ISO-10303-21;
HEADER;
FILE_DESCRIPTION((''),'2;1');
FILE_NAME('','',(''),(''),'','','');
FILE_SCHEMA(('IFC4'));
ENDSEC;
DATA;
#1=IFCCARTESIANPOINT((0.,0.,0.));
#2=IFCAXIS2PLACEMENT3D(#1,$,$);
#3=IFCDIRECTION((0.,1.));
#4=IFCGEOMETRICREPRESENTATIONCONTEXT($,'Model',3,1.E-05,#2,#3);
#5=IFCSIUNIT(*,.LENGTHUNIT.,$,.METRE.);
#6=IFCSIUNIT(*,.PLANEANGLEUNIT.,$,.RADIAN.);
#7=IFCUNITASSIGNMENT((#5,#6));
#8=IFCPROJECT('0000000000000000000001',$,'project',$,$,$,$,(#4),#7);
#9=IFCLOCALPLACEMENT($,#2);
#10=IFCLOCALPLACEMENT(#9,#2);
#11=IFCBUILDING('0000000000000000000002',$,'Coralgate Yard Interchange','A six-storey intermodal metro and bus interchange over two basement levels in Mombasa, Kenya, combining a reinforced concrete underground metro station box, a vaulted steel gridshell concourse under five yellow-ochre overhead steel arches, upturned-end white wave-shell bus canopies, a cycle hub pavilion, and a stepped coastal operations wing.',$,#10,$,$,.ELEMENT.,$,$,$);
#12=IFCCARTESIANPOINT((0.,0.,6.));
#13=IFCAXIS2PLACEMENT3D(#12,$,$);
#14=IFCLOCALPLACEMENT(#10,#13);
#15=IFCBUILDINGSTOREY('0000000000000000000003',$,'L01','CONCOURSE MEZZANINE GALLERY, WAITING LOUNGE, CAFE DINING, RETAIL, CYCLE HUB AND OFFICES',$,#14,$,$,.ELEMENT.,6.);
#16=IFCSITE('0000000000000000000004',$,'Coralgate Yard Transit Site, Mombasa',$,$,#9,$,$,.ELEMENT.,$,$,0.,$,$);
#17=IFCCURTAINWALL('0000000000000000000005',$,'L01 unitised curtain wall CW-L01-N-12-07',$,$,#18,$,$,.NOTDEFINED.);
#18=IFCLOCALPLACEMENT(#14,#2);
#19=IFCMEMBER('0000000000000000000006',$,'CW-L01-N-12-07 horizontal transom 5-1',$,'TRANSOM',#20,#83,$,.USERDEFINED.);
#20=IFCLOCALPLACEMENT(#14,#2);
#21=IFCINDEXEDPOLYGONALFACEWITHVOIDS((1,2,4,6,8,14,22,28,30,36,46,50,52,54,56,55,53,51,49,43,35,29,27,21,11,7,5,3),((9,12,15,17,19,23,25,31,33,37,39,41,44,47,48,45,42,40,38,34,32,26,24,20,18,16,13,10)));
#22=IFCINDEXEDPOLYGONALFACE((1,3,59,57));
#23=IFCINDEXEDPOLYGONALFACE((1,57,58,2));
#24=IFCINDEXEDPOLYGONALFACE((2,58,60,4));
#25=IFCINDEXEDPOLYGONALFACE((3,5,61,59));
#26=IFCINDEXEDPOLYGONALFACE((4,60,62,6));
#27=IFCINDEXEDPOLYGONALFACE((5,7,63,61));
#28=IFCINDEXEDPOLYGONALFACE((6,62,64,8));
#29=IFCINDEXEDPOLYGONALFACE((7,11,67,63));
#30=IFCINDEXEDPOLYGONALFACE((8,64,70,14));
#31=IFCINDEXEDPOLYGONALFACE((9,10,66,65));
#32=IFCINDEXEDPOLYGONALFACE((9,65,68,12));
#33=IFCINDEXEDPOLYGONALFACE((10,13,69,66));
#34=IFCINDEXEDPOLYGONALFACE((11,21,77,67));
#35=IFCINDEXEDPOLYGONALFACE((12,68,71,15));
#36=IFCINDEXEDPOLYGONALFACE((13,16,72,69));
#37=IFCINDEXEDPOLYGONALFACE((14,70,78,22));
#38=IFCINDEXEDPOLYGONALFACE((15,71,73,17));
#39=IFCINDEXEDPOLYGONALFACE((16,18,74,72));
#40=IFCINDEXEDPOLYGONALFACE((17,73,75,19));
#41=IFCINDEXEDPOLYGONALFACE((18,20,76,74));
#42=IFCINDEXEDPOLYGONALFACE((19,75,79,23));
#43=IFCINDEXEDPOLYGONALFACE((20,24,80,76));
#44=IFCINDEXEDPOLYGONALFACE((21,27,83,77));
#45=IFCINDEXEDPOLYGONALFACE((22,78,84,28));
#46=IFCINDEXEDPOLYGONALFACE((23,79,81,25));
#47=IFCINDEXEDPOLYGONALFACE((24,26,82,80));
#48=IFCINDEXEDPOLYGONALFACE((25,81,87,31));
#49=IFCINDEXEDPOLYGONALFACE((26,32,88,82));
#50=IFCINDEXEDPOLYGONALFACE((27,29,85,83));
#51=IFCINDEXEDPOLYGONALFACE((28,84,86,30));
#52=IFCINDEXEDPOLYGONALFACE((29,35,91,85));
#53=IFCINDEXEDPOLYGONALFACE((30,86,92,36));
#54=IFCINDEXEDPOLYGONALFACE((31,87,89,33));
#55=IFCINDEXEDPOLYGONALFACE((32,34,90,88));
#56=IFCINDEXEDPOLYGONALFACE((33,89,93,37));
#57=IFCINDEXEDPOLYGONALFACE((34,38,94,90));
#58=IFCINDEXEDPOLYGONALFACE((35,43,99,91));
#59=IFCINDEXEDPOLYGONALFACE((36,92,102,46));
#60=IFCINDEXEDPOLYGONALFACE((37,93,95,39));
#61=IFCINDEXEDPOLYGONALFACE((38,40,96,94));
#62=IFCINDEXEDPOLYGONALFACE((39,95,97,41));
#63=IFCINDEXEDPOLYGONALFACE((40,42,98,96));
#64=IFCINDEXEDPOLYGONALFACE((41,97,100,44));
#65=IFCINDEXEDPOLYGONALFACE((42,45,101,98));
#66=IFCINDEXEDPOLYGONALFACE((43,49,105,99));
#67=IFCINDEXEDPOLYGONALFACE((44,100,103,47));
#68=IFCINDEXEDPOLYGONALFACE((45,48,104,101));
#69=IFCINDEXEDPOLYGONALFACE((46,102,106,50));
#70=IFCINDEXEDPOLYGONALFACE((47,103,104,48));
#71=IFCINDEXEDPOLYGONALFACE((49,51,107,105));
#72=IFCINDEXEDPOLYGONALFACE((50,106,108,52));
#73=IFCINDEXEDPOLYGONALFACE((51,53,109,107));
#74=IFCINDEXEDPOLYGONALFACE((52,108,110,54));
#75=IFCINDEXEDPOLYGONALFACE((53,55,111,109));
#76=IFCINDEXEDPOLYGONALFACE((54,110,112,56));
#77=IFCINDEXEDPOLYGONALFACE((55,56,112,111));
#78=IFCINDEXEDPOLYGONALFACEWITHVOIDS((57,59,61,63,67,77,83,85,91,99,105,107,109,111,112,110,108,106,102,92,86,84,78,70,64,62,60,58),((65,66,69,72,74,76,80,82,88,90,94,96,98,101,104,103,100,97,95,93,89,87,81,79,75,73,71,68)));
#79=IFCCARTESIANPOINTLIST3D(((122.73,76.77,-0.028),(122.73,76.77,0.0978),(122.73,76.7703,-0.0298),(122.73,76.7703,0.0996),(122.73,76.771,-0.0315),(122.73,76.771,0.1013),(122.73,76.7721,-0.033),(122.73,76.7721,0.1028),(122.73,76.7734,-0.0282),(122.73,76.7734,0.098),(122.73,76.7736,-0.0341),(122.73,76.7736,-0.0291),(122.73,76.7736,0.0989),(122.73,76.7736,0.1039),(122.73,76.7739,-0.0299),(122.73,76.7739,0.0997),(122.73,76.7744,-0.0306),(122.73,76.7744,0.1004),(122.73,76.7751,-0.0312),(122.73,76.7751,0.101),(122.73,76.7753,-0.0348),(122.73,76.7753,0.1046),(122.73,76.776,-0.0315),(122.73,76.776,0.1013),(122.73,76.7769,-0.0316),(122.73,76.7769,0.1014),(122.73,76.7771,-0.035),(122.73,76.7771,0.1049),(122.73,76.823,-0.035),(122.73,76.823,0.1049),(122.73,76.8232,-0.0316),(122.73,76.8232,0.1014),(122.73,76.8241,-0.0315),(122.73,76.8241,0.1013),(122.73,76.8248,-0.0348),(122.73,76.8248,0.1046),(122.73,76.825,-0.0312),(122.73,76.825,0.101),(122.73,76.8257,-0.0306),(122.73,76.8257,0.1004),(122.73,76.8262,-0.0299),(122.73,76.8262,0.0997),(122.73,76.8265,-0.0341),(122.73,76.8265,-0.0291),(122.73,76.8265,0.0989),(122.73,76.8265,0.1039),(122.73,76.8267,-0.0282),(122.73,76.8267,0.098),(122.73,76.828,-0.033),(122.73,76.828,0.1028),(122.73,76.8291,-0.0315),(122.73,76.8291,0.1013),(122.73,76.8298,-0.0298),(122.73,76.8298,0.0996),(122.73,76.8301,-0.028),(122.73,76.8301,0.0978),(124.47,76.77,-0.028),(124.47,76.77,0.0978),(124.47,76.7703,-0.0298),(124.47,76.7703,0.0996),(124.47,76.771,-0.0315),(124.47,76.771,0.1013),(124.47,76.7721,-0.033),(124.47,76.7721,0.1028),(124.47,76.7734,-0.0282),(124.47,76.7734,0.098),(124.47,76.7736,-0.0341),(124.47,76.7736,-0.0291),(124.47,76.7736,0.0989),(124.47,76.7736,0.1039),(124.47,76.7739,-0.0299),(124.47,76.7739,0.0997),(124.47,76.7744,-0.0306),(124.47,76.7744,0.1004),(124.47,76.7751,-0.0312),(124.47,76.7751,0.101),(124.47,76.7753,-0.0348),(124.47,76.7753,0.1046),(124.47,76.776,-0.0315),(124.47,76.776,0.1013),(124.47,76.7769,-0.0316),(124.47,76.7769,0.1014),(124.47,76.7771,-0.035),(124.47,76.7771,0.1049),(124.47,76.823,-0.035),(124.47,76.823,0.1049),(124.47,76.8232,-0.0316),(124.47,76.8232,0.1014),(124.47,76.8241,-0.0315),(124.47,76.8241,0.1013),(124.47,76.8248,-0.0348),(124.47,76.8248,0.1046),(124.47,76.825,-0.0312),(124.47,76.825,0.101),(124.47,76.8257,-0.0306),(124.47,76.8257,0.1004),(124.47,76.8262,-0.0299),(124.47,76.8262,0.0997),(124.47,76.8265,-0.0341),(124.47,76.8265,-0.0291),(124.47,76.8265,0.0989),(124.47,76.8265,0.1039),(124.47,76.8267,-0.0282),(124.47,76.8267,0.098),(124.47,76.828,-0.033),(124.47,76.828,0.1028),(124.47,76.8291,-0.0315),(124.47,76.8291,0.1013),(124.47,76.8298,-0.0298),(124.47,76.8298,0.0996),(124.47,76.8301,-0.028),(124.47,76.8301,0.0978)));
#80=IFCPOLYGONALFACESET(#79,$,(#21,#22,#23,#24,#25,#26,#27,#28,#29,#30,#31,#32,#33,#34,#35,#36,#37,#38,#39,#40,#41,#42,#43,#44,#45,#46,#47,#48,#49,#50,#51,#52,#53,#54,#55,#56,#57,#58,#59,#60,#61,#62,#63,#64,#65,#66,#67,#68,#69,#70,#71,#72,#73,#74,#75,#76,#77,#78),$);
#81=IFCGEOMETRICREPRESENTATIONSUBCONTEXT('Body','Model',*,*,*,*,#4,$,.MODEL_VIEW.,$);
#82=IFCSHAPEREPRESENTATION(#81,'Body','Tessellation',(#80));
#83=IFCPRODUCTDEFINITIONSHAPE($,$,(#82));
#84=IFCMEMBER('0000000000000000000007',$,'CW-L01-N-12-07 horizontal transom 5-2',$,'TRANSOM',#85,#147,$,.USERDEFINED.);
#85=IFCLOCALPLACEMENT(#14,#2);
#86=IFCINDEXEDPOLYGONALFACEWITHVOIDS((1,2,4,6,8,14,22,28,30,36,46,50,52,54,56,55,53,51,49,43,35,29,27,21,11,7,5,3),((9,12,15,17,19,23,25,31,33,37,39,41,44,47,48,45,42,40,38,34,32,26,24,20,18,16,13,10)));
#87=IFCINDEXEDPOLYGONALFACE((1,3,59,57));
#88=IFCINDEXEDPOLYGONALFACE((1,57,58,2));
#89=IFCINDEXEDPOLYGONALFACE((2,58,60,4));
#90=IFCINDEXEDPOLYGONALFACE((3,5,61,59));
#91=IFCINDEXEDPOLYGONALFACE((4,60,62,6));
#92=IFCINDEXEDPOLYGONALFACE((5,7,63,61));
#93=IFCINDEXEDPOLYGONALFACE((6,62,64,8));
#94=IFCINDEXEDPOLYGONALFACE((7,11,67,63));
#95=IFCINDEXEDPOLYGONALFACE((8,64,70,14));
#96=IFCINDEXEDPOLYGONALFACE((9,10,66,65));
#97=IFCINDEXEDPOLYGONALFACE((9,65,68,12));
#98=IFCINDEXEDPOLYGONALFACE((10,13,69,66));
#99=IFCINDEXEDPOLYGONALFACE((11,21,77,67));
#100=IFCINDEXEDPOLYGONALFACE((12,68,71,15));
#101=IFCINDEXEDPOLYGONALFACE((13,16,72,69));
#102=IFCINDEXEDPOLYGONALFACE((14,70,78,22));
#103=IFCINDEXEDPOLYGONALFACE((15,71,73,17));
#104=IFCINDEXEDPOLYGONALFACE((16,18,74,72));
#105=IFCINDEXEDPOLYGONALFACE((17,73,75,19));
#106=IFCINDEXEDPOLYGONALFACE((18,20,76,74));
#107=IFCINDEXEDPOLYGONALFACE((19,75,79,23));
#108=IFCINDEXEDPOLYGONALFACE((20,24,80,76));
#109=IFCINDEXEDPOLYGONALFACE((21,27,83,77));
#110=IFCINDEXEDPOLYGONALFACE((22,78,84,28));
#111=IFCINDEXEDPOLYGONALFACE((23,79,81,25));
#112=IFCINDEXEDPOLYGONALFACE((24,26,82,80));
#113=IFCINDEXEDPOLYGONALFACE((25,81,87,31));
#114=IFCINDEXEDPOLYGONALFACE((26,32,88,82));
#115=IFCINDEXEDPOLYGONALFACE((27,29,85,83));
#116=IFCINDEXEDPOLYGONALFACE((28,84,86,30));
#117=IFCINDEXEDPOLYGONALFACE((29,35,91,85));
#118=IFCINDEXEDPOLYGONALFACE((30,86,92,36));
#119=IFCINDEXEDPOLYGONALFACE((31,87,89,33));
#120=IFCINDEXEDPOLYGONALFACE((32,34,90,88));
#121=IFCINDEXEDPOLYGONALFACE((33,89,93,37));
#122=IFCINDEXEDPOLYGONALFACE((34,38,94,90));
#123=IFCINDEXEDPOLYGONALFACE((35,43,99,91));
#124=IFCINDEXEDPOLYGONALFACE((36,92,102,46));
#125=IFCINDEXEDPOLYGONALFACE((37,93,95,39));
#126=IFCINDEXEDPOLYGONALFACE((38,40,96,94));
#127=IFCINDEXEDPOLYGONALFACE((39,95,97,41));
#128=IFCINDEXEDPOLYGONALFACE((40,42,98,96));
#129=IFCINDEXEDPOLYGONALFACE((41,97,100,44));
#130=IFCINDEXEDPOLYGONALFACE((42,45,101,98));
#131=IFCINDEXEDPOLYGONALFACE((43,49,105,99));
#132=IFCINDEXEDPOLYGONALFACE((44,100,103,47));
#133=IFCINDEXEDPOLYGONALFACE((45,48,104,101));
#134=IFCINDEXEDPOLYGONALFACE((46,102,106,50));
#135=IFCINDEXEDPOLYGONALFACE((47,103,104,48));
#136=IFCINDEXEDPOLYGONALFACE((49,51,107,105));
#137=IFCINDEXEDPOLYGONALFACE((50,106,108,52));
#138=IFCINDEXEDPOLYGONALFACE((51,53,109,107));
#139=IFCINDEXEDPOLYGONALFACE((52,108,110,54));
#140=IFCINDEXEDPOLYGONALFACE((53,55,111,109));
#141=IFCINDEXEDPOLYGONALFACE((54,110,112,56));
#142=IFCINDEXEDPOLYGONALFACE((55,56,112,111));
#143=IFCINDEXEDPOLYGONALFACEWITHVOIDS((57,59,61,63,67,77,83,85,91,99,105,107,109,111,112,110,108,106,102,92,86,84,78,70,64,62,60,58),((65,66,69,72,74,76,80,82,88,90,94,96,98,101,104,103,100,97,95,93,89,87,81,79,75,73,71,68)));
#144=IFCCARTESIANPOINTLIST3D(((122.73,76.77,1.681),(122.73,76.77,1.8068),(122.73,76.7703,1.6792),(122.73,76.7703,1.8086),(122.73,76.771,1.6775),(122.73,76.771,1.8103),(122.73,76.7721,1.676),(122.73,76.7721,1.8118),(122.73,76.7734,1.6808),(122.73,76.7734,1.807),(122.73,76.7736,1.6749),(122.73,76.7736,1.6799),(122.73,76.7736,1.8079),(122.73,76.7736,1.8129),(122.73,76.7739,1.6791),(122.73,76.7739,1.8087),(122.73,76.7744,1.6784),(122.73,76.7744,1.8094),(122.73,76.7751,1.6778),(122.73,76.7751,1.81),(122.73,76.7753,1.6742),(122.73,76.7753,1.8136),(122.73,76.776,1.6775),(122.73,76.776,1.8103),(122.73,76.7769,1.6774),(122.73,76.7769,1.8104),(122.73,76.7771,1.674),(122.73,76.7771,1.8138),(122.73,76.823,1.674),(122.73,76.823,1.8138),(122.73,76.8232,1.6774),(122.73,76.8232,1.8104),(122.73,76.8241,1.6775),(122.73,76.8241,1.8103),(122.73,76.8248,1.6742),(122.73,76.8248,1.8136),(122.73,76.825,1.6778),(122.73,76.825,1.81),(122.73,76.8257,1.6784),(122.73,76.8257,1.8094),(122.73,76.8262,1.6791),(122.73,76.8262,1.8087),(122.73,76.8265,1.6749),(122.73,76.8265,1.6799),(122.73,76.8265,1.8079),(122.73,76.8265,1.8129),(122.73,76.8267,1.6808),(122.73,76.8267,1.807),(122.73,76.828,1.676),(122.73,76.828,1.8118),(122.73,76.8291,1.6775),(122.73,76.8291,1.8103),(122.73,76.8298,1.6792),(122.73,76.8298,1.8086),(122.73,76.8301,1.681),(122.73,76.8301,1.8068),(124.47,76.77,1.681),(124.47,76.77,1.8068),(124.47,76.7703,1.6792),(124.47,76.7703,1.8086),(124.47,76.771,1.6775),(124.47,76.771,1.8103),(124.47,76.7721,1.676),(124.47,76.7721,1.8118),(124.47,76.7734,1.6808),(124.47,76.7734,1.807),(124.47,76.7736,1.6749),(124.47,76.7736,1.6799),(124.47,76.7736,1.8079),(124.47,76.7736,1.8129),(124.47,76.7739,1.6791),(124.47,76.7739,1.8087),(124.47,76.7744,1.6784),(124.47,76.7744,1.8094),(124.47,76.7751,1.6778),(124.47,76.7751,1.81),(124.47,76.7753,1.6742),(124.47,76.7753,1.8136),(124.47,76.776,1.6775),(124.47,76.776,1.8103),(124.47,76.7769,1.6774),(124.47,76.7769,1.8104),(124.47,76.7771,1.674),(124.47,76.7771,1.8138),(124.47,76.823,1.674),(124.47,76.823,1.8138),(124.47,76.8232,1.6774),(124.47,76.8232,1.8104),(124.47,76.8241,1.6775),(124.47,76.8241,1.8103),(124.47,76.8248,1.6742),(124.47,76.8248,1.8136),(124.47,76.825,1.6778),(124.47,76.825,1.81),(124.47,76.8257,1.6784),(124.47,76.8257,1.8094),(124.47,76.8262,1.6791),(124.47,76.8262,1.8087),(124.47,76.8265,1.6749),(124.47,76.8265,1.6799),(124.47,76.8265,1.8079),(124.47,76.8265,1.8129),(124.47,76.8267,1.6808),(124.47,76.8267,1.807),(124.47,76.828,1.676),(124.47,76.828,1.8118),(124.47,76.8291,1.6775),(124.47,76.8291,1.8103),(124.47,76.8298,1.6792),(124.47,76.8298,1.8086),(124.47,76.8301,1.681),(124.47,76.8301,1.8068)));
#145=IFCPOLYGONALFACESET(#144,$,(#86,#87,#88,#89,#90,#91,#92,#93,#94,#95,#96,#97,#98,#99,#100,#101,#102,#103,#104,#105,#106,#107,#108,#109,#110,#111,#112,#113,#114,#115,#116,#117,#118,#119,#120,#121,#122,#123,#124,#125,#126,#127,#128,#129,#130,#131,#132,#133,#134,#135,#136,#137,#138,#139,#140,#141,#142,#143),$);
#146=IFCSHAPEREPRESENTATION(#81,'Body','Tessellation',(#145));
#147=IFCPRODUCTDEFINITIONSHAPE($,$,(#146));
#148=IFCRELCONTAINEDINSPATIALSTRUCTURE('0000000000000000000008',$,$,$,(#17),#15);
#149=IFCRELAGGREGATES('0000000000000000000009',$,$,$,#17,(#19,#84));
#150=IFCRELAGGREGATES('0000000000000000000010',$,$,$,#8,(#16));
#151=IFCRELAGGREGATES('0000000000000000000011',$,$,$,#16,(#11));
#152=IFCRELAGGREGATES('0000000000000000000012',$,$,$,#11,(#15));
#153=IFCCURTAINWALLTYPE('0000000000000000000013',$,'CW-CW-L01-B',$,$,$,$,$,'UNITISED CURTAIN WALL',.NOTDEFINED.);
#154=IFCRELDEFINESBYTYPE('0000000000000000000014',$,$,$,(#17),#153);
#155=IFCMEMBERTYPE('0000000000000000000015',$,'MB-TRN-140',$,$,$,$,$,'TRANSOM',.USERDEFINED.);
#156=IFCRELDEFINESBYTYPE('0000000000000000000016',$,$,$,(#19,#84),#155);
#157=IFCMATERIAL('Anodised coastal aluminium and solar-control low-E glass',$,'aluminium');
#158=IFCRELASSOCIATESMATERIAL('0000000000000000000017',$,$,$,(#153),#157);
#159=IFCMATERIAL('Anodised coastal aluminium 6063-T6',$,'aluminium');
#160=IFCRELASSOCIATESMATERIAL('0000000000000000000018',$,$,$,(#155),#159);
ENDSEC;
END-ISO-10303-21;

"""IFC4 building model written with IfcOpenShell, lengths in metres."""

from ifc_helpers import new_model, si_unit, direction, frame, origin, origin_2d, place, context, subcontext, project, spatial, hollow_rectangle, extrude, material, material_profile, profile_set, type_object, element, aggregate, save


model = new_model("IFC4")

# Units and contexts
model_context = context("Model", 3, precision=1e-05, world=origin(), true_north=direction((0.0, 1.0)))
body_context = subcontext(model_context, "Body", "Model", "MODEL_VIEW")
ifc_project = project(units=[si_unit("LENGTHUNIT", "METRE"), si_unit("PLANEANGLEUNIT", "RADIAN")], contexts=[model_context])

# Site, building, storey
site_placement = place(None, origin())
site = spatial("IfcSite", under=ifc_project, at=site_placement, Name="Coralgate Yard Transit Site, Mombasa", CompositionType="ELEMENT", RefElevation=0.0)
building_placement = place(site_placement, origin())
building = spatial("IfcBuilding", under=site, at=building_placement, Name="Coralgate Yard Interchange", Description="A six-storey intermodal metro and bus interchange over two basement levels in Mombasa, Kenya, combining a reinforced concrete underground metro station box, a vaulted steel gridshell concourse under five yellow-ochre overhead steel arches, upturned-end white wave-shell bus canopies, a cycle hub pavilion, and a stepped coastal operations wing.", CompositionType="ELEMENT")
storey_placement = place(building_placement, frame((0.0, 0.0, 6.0)))
storey = spatial("IfcBuildingStorey", under=building, at=storey_placement, Name="L01", Description="CONCOURSE MEZZANINE GALLERY, WAITING LOUNGE, CAFE DINING, RETAIL, CYCLE HUB AND OFFICES", CompositionType="ELEMENT", Elevation=6.0)

# Curtain wall
ifc_material_1 = material(Name="Anodised coastal aluminium and solar-control low-E glass", Category="aluminium")
curtain_wall_type = type_object("IfcCurtainWallType", Name="CW-CW-L01-B", ElementType="UNITISED CURTAIN WALL", PredefinedType="NOTDEFINED", material=ifc_material_1)
curtain_wall_placement = place(storey_placement, origin())
curtain_wall = element("IfcCurtainWall", 1, at=curtain_wall_placement, inside=storey, type_object=curtain_wall_type, Name="L01 unitised curtain wall CW-L01-N-12-07", PredefinedType="NOTDEFINED")
ifc_material_2 = material(Name="Anodised coastal aluminium 6063-T6", Category="aluminium")

# Members
ifc_material_profile_1 = material_profile(ifc_material_2, hollow_rectangle(XDim=0.0601, YDim=0.1399, WallThickness=0.0034, InnerFilletRadius=0.0034, OuterFilletRadius=0.0071, at=origin_2d()), Name="ALU 60x140x3.5")
ifc_profile_set_1 = profile_set([ifc_material_profile_1], Name="Anodised coastal aluminium 6063-T6")
member_type_1 = type_object("IfcMemberType", Name="MB-TRN-140", ElementType="TRANSOM", PredefinedType="USERDEFINED", material=ifc_profile_set_1)
member_1_placement = place(storey_placement, frame((122.73, 76.8, 0.0349), z_axis=(1.0, 0.0, 0.0), x_axis=(0.0, 1.0, 0.0)))
member_1 = element("IfcMember", 2, at=member_1_placement, type_object=member_type_1, Name="CW-L01-N-12-07 horizontal transom 5-1", ObjectType="TRANSOM", PredefinedType="USERDEFINED", context=body_context, shape_type="SweptSolid", body=[
    extrude(hollow_rectangle(XDim=0.0601, YDim=0.1399, WallThickness=0.0034, InnerFilletRadius=0.0034, OuterFilletRadius=0.0071, at=origin_2d()), origin(), (0.0, 0.0, 1.0), 1.74),
])
member_2_placement = place(storey_placement, frame((122.73, 76.8, 1.7439), z_axis=(1.0, 0.0, 0.0), x_axis=(0.0, 1.0, 0.0)))
member_2 = element("IfcMember", 3, at=member_2_placement, type_object=member_type_1, Name="CW-L01-N-12-07 horizontal transom 5-2", ObjectType="TRANSOM", PredefinedType="USERDEFINED", context=body_context, shape_type="SweptSolid", body=[
    extrude(hollow_rectangle(XDim=0.0601, YDim=0.1399, WallThickness=0.0034, InnerFilletRadius=0.0034, OuterFilletRadius=0.0071, at=origin_2d()), origin(), (0.0, 0.0, 1.0), 1.74),
])

aggregate(curtain_wall, [member_1, member_2])

save(model, "model.ifc")
